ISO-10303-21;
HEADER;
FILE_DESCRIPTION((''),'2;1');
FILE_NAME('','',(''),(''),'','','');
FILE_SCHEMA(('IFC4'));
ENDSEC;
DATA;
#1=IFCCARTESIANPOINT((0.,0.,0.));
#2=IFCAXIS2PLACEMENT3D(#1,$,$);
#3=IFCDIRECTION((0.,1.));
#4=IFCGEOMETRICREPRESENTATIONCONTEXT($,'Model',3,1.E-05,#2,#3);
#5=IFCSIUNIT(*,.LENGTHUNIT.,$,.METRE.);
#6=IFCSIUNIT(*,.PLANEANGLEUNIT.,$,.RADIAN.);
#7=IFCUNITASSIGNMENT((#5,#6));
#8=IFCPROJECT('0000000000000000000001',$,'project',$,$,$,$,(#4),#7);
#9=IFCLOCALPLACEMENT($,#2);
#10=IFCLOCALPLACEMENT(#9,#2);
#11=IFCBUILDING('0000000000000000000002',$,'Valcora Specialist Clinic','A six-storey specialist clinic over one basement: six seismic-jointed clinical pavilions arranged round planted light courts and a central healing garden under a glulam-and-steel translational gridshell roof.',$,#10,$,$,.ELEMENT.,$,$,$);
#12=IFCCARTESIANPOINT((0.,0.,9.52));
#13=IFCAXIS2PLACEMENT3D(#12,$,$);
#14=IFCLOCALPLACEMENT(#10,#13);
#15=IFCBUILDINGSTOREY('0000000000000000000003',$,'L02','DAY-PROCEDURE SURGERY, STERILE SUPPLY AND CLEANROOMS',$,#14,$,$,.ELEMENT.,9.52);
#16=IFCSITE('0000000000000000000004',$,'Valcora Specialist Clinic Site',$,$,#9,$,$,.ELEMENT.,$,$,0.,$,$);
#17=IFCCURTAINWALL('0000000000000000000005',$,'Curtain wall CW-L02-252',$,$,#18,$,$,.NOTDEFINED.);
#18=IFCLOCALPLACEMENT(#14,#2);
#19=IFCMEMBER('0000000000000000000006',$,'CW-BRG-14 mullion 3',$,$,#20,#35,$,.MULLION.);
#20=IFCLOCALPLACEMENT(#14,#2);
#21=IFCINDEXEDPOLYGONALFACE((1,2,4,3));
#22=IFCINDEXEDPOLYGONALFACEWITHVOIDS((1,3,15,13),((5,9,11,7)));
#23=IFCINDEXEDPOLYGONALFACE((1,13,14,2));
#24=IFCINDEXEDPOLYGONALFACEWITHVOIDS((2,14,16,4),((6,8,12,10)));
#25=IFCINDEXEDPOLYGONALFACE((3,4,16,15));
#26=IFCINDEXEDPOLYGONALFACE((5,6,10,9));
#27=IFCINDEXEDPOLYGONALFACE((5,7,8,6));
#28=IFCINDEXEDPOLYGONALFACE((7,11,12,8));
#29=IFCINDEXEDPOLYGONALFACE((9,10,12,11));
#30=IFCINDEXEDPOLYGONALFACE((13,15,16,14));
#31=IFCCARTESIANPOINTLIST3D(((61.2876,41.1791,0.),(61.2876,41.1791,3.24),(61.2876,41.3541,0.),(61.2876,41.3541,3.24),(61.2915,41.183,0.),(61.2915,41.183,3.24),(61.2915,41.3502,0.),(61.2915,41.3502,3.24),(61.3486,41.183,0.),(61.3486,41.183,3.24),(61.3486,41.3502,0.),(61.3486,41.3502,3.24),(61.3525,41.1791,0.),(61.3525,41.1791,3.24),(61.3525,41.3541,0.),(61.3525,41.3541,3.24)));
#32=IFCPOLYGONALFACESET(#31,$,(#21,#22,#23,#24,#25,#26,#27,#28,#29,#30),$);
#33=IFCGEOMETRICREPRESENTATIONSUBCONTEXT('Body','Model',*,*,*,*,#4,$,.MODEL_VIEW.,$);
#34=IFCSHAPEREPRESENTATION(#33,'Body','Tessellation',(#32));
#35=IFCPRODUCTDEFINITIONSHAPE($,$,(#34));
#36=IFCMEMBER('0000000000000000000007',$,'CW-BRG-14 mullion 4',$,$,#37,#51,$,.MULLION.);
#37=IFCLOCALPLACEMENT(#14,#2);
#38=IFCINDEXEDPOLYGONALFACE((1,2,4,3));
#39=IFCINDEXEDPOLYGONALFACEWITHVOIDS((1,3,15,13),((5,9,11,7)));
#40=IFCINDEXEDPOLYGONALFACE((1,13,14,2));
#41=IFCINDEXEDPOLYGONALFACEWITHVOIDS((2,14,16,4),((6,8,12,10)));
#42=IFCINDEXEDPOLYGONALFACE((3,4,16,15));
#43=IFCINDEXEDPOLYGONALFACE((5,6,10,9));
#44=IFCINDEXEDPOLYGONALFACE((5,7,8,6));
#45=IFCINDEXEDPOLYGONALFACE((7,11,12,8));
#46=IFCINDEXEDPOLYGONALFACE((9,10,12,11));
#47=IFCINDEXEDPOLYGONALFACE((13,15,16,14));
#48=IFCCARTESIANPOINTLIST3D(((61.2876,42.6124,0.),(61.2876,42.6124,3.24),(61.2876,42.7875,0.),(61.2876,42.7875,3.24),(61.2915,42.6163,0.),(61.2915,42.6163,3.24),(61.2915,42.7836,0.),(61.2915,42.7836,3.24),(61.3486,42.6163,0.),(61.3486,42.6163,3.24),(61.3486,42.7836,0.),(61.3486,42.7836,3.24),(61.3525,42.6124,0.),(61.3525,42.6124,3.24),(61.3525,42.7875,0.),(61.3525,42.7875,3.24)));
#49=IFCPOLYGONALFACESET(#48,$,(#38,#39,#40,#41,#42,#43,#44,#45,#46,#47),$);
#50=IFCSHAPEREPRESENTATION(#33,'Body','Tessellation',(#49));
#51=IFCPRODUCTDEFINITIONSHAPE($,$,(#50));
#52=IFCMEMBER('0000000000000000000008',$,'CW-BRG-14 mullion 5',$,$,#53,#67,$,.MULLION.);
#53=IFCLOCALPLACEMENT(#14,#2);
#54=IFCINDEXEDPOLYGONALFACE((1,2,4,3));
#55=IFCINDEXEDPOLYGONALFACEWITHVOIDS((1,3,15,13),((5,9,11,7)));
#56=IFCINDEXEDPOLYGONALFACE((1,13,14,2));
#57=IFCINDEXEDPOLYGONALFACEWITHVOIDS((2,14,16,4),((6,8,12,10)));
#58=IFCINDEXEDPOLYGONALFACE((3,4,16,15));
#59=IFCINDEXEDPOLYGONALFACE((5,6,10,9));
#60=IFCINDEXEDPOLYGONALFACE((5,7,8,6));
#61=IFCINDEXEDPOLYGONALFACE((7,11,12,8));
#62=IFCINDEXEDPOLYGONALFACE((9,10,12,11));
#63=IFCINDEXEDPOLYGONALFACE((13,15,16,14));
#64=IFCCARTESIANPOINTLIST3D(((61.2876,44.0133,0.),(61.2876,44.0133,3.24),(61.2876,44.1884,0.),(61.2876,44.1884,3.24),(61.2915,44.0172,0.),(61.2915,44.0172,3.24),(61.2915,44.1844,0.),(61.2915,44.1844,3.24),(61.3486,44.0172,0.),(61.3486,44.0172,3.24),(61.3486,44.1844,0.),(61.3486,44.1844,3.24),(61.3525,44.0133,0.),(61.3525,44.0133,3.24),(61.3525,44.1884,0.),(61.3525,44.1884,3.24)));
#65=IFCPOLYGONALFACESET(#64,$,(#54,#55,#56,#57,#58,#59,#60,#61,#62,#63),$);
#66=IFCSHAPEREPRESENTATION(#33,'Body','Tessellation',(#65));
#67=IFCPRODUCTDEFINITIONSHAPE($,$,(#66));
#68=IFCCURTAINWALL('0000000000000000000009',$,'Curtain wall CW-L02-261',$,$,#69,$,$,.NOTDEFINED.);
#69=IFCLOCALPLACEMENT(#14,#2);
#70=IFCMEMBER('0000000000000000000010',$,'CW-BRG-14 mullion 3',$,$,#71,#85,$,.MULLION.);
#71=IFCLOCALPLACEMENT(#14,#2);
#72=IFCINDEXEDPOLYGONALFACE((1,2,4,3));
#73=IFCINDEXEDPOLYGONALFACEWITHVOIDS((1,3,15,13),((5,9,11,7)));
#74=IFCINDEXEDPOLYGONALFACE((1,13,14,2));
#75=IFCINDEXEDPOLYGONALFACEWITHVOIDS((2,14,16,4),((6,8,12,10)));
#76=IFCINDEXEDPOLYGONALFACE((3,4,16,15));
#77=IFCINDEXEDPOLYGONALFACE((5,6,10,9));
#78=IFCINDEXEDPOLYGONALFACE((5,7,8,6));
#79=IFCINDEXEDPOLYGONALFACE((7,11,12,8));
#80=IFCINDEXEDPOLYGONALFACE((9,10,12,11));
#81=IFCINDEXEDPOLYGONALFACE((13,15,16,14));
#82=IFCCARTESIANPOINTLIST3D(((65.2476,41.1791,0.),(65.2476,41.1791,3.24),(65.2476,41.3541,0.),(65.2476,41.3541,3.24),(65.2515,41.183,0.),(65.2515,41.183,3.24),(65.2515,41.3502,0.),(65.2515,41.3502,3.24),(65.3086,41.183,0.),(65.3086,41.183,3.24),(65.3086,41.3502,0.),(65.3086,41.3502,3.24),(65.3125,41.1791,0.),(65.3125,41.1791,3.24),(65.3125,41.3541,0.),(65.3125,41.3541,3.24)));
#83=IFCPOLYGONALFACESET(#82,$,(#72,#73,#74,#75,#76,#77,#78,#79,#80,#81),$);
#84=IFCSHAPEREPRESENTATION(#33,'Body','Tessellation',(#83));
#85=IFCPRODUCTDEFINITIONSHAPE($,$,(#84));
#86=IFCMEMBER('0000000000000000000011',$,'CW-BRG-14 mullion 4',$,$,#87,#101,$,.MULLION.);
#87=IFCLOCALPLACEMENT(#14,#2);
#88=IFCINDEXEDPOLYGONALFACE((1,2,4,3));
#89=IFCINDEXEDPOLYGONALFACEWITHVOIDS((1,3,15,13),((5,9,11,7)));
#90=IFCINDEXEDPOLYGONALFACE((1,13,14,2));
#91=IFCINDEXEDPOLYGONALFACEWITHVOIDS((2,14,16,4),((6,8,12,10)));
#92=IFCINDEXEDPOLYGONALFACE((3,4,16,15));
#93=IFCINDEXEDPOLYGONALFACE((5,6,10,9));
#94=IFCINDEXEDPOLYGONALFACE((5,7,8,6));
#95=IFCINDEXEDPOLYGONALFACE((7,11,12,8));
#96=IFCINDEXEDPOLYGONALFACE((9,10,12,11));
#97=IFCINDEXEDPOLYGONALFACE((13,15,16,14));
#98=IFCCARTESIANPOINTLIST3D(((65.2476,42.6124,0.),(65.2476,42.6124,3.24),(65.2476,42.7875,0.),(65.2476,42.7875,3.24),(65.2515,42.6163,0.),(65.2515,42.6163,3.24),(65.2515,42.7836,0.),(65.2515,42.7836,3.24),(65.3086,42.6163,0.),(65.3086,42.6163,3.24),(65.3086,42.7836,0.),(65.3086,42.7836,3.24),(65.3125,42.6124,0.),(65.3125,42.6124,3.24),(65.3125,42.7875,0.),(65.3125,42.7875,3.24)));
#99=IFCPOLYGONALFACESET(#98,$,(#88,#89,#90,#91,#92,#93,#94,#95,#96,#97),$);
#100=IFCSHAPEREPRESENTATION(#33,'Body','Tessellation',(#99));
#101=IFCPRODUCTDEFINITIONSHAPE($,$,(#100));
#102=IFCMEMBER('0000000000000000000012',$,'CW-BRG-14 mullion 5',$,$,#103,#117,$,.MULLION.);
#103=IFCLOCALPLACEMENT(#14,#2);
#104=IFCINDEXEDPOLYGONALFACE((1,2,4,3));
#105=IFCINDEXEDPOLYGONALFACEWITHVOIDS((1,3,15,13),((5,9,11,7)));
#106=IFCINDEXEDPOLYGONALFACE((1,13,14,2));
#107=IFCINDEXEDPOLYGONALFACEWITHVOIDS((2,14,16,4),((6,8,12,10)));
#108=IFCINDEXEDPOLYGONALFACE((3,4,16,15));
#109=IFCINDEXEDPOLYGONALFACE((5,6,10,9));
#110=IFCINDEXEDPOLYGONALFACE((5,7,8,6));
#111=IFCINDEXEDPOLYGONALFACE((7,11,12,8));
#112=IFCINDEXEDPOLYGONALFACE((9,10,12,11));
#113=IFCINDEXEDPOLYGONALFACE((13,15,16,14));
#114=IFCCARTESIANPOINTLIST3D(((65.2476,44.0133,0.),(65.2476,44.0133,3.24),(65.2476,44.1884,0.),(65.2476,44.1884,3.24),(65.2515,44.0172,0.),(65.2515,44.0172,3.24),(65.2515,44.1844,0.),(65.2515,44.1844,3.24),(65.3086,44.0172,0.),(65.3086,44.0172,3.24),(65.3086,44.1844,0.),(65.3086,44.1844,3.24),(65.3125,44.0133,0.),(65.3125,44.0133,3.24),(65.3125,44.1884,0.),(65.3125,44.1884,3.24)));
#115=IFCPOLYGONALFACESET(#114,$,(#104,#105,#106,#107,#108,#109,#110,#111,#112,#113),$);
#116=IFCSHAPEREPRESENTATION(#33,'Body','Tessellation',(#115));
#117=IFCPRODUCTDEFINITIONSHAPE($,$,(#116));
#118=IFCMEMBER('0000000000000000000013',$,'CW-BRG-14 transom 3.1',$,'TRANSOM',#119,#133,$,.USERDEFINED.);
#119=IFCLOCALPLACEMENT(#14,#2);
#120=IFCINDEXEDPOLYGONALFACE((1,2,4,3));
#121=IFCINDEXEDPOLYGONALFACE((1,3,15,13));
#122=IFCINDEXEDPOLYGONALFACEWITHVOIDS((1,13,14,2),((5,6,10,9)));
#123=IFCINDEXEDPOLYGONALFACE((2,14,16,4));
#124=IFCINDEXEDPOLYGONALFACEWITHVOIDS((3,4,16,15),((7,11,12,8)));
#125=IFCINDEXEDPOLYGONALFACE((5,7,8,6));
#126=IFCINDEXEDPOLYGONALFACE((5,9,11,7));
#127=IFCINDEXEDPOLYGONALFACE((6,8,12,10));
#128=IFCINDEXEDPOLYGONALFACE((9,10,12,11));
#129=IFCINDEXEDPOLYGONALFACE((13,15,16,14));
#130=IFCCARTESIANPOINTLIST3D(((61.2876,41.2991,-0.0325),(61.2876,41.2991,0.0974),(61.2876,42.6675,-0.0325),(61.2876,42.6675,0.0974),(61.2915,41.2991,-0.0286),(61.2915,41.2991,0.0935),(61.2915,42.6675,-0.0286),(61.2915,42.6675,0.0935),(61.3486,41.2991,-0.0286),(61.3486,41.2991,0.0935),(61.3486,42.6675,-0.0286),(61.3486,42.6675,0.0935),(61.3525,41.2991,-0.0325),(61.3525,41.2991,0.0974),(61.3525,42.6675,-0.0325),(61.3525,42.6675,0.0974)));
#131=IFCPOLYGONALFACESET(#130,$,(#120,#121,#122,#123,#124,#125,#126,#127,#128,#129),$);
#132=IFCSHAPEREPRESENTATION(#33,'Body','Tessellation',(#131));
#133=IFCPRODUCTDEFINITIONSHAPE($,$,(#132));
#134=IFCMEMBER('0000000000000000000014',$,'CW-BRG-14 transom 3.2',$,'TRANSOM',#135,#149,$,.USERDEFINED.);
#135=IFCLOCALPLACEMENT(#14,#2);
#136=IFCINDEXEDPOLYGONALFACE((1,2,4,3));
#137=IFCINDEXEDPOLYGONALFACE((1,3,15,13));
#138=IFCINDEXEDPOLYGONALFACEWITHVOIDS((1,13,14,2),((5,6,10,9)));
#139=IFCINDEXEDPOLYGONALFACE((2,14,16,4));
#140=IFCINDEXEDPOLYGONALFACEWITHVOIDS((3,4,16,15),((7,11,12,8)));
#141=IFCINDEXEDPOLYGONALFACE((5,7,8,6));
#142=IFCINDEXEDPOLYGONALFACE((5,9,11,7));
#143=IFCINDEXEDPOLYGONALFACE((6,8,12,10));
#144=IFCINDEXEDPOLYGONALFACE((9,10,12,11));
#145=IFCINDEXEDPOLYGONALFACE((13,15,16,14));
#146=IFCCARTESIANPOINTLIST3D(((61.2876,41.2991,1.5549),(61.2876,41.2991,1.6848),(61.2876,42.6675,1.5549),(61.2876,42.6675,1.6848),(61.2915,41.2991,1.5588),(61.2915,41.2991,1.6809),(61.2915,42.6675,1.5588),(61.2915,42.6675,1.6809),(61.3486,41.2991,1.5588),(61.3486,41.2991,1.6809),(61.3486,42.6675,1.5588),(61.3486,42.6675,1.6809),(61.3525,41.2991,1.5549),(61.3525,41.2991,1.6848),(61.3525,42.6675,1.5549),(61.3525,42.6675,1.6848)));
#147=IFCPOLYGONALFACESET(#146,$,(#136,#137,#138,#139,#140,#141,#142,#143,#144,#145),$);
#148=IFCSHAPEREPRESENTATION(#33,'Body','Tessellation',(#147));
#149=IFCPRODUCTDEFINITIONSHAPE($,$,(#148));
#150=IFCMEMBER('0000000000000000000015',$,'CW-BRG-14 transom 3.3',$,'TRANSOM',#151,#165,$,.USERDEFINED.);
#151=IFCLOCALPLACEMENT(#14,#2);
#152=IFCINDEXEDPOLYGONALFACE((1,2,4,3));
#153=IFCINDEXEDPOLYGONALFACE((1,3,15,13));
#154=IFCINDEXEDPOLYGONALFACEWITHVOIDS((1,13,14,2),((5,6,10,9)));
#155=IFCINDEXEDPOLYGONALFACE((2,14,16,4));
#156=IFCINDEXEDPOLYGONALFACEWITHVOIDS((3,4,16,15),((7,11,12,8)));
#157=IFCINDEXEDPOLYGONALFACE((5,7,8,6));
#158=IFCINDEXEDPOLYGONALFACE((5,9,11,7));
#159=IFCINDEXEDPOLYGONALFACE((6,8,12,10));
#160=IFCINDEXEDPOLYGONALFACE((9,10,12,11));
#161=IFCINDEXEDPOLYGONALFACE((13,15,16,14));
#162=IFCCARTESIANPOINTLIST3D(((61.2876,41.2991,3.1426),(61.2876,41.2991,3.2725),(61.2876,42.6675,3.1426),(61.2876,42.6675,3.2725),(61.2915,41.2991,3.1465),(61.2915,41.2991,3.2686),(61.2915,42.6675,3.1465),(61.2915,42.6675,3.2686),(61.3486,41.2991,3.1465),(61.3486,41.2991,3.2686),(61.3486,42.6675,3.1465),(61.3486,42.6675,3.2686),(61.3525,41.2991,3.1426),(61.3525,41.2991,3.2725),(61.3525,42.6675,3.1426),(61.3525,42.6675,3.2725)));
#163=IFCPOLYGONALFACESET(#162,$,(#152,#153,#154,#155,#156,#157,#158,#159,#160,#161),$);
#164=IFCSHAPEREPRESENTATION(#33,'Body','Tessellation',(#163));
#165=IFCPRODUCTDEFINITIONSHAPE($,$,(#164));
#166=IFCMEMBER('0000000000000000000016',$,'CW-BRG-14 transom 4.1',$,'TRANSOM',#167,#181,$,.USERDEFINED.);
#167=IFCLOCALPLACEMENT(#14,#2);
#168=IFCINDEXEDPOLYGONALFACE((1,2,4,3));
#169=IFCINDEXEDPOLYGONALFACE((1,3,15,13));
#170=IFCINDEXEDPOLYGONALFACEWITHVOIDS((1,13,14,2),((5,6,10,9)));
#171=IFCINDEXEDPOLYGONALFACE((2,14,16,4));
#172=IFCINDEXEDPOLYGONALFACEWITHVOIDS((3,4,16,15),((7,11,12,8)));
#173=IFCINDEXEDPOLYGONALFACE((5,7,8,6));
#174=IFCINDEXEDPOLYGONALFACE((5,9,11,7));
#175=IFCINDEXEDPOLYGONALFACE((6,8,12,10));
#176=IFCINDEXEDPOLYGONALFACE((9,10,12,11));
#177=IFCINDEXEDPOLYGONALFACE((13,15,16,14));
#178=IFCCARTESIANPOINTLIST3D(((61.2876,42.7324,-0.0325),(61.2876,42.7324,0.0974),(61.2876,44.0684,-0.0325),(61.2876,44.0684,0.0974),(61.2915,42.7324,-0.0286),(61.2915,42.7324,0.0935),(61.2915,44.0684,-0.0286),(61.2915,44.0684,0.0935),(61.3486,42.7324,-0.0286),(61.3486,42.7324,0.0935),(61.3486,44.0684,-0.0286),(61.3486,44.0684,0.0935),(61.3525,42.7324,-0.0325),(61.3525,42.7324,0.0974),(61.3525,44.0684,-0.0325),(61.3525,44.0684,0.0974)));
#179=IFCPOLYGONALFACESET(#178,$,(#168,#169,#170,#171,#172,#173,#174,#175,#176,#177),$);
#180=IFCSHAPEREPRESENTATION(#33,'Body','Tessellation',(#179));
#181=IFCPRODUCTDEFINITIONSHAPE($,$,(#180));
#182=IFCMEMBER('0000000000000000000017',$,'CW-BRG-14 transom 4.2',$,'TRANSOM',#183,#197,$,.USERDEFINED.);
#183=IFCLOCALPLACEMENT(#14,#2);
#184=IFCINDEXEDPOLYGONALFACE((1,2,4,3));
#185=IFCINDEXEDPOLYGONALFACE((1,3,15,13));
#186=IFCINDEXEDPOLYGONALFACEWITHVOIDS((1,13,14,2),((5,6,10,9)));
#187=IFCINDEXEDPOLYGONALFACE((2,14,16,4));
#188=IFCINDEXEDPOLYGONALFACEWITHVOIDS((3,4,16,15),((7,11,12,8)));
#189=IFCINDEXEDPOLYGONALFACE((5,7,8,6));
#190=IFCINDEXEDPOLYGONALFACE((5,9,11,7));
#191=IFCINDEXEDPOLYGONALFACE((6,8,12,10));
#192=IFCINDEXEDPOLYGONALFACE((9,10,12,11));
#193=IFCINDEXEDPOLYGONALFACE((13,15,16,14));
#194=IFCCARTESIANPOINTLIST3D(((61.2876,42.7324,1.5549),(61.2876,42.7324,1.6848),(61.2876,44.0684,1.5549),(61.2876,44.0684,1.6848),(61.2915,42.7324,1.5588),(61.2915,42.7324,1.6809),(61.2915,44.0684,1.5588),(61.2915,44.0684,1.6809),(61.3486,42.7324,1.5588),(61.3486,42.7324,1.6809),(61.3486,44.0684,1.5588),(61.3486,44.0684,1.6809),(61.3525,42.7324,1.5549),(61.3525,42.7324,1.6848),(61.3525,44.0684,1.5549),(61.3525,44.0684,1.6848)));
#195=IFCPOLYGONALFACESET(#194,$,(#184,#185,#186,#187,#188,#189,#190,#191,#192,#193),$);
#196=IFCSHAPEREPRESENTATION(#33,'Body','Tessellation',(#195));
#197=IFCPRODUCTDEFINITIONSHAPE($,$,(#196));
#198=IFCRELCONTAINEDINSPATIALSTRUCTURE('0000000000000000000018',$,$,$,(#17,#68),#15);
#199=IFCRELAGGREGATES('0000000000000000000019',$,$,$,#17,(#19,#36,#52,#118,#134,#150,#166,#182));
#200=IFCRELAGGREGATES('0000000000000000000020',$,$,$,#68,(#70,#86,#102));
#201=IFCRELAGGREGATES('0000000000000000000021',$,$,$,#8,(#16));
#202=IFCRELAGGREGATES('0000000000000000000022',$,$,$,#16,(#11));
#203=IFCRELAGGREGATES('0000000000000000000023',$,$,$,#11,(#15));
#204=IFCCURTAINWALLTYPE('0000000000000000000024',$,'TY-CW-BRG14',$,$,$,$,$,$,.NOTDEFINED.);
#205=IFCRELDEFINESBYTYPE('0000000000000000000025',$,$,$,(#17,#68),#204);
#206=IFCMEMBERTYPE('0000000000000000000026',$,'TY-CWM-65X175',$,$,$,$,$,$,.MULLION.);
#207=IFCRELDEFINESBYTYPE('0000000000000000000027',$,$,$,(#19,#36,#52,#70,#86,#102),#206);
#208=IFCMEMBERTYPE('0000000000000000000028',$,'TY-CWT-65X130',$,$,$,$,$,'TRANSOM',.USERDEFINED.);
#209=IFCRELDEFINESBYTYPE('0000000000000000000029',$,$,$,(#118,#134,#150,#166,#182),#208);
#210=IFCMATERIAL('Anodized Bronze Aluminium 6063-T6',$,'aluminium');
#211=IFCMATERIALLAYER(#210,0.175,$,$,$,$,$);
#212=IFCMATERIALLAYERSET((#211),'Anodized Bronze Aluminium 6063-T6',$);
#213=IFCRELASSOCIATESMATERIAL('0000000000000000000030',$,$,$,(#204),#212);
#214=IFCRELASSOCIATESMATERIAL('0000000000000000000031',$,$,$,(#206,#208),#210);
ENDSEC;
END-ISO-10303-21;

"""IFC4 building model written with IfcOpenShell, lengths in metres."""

from ifc_helpers import new_model, si_unit, direction, frame, origin, origin_2d, place, context, subcontext, project, spatial, hollow_rectangle, extrude, material, layer, layer_set, material_profile, profile_set, type_object, element, aggregate, save


model = new_model("IFC4")

# Units and contexts
model_context = context("Model", 3, precision=1e-05, world=origin(), true_north=direction((0.0, 1.0)))
body_context = subcontext(model_context, "Body", "Model", "MODEL_VIEW")
ifc_project = project(units=[si_unit("LENGTHUNIT", "METRE"), si_unit("PLANEANGLEUNIT", "RADIAN")], contexts=[model_context])

# Site, building, storey
site_placement = place(None, origin())
site = spatial("IfcSite", under=ifc_project, at=site_placement, Name="Valcora Specialist Clinic Site", CompositionType="ELEMENT", RefElevation=0.0)
building_placement = place(site_placement, origin())
building = spatial("IfcBuilding", under=site, at=building_placement, Name="Valcora Specialist Clinic", Description="A six-storey specialist clinic over one basement: six seismic-jointed clinical pavilions arranged round planted light courts and a central healing garden under a glulam-and-steel translational gridshell roof.", CompositionType="ELEMENT")
storey_placement = place(building_placement, frame((0.0, 0.0, 9.52)))
storey = spatial("IfcBuildingStorey", under=building, at=storey_placement, Name="L02", Description="DAY-PROCEDURE SURGERY, STERILE SUPPLY AND CLEANROOMS", CompositionType="ELEMENT", Elevation=9.52)

# Curtain walls, members
ifc_material_1 = material(Name="Anodized Bronze Aluminium 6063-T6", Category="aluminium")
ifc_layer_1 = layer(ifc_material_1, 0.175)
ifc_layer_set_1 = layer_set([ifc_layer_1], Name="Anodized Bronze Aluminium 6063-T6")
curtain_wall_type = type_object("IfcCurtainWallType", Name="TY-CW-BRG14", PredefinedType="NOTDEFINED", material=ifc_layer_set_1)
curtain_wall_1_placement = place(storey_placement, origin())
curtain_wall_1 = element("IfcCurtainWall", 1, at=curtain_wall_1_placement, inside=storey, type_object=curtain_wall_type, Name="Curtain wall CW-L02-252", PredefinedType="NOTDEFINED")
ifc_material_profile_1 = material_profile(ifc_material_1, hollow_rectangle(XDim=0.0649, YDim=0.175, WallThickness=0.0039, at=origin_2d()), Name="AL-MUL-65X175")
ifc_profile_set_1 = profile_set([ifc_material_profile_1], Name="Anodized Bronze Aluminium 6063-T6")
member_type_1 = type_object("IfcMemberType", Name="TY-CWM-65X175", PredefinedType="MULLION", material=ifc_profile_set_1)
member_1_placement = place(storey_placement, frame((61.3201, 41.2666, 0.0), z_axis=(0.0, 0.0, 1.0), x_axis=(-1.0, 0.0, 0.0)))
member_1 = element("IfcMember", 2, at=member_1_placement, type_object=member_type_1, Name="CW-BRG-14 mullion 3", PredefinedType="MULLION", context=body_context, shape_type="SweptSolid", body=[
    extrude(hollow_rectangle(XDim=0.0649, YDim=0.175, WallThickness=0.0039, at=origin_2d()), origin(), (0.0, 0.0, 1.0), 3.24),
])
member_2_placement = place(storey_placement, frame((61.3201, 42.7, 0.0), z_axis=(0.0, 0.0, 1.0), x_axis=(-1.0, 0.0, 0.0)))
member_2 = element("IfcMember", 3, at=member_2_placement, type_object=member_type_1, Name="CW-BRG-14 mullion 4", PredefinedType="MULLION", context=body_context, shape_type="SweptSolid", body=[
    extrude(hollow_rectangle(XDim=0.0649, YDim=0.175, WallThickness=0.0039, at=origin_2d()), origin(), (0.0, 0.0, 1.0), 3.24),
])
member_3_placement = place(storey_placement, frame((61.3201, 44.1008, 0.0), z_axis=(0.0, 0.0, 1.0), x_axis=(-1.0, 0.0, 0.0)))
member_3 = element("IfcMember", 4, at=member_3_placement, type_object=member_type_1, Name="CW-BRG-14 mullion 5", PredefinedType="MULLION", context=body_context, shape_type="SweptSolid", body=[
    extrude(hollow_rectangle(XDim=0.0649, YDim=0.175, WallThickness=0.0039, at=origin_2d()), origin(), (0.0, 0.0, 1.0), 3.24),
])
curtain_wall_2_placement = place(storey_placement, origin())
curtain_wall_2 = element("IfcCurtainWall", 5, at=curtain_wall_2_placement, inside=storey, type_object=curtain_wall_type, Name="Curtain wall CW-L02-261", PredefinedType="NOTDEFINED")
member_4_placement = place(storey_placement, frame((65.28, 41.2666, 0.0), z_axis=(0.0, 0.0, 1.0), x_axis=(-1.0, 0.0, 0.0)))
member_4 = element("IfcMember", 6, at=member_4_placement, type_object=member_type_1, Name="CW-BRG-14 mullion 3", PredefinedType="MULLION", context=body_context, shape_type="SweptSolid", body=[
    extrude(hollow_rectangle(XDim=0.0649, YDim=0.175, WallThickness=0.0039, at=origin_2d()), origin(), (0.0, 0.0, 1.0), 3.24),
])
member_5_placement = place(storey_placement, frame((65.28, 42.7, 0.0), z_axis=(0.0, 0.0, 1.0), x_axis=(-1.0, 0.0, 0.0)))
member_5 = element("IfcMember", 7, at=member_5_placement, type_object=member_type_1, Name="CW-BRG-14 mullion 4", PredefinedType="MULLION", context=body_context, shape_type="SweptSolid", body=[
    extrude(hollow_rectangle(XDim=0.0649, YDim=0.175, WallThickness=0.0039, at=origin_2d()), origin(), (0.0, 0.0, 1.0), 3.24),
])
member_6_placement = place(storey_placement, frame((65.28, 44.1008, 0.0), z_axis=(0.0, 0.0, 1.0), x_axis=(-1.0, 0.0, 0.0)))
member_6 = element("IfcMember", 8, at=member_6_placement, type_object=member_type_1, Name="CW-BRG-14 mullion 5", PredefinedType="MULLION", context=body_context, shape_type="SweptSolid", body=[
    extrude(hollow_rectangle(XDim=0.0649, YDim=0.175, WallThickness=0.0039, at=origin_2d()), origin(), (0.0, 0.0, 1.0), 3.24),
])

# Members
ifc_material_profile_2 = material_profile(ifc_material_1, hollow_rectangle(XDim=0.0649, YDim=0.1299, WallThickness=0.0039, at=origin_2d()), Name="AL-TRN-65X130")
ifc_profile_set_2 = profile_set([ifc_material_profile_2], Name="Anodized Bronze Aluminium 6063-T6")
member_type_2 = type_object("IfcMemberType", Name="TY-CWT-65X130", ElementType="TRANSOM", PredefinedType="USERDEFINED", material=ifc_profile_set_2)
member_7_placement = place(storey_placement, frame((61.3201, 41.2991, 0.0325), z_axis=(0.0, 1.0, 0.0), x_axis=(-1.0, 0.0, 0.0)))
member_7 = element("IfcMember", 9, at=member_7_placement, type_object=member_type_2, Name="CW-BRG-14 transom 3.1", ObjectType="TRANSOM", PredefinedType="USERDEFINED", context=body_context, shape_type="SweptSolid", body=[
    extrude(hollow_rectangle(XDim=0.0649, YDim=0.1299, WallThickness=0.0039, at=origin_2d()), origin(), (0.0, 0.0, 1.0), 1.3684),
])
member_8_placement = place(storey_placement, frame((61.3201, 41.2991, 1.6199), z_axis=(0.0, 1.0, 0.0), x_axis=(-1.0, 0.0, 0.0)))
member_8 = element("IfcMember", 10, at=member_8_placement, type_object=member_type_2, Name="CW-BRG-14 transom 3.2", ObjectType="TRANSOM", PredefinedType="USERDEFINED", context=body_context, shape_type="SweptSolid", body=[
    extrude(hollow_rectangle(XDim=0.0649, YDim=0.1299, WallThickness=0.0039, at=origin_2d()), origin(), (0.0, 0.0, 1.0), 1.3684),
])
member_9_placement = place(storey_placement, frame((61.3201, 41.2991, 3.2075), z_axis=(0.0, 1.0, 0.0), x_axis=(-1.0, 0.0, 0.0)))
member_9 = element("IfcMember", 11, at=member_9_placement, type_object=member_type_2, Name="CW-BRG-14 transom 3.3", ObjectType="TRANSOM", PredefinedType="USERDEFINED", context=body_context, shape_type="SweptSolid", body=[
    extrude(hollow_rectangle(XDim=0.0649, YDim=0.1299, WallThickness=0.0039, at=origin_2d()), origin(), (0.0, 0.0, 1.0), 1.3684),
])
member_10_placement = place(storey_placement, frame((61.3201, 42.7324, 0.0325), z_axis=(0.0, 1.0, 0.0), x_axis=(-1.0, 0.0, 0.0)))
member_10 = element("IfcMember", 12, at=member_10_placement, type_object=member_type_2, Name="CW-BRG-14 transom 4.1", ObjectType="TRANSOM", PredefinedType="USERDEFINED", context=body_context, shape_type="SweptSolid", body=[
    extrude(hollow_rectangle(XDim=0.0649, YDim=0.1299, WallThickness=0.0039, at=origin_2d()), origin(), (0.0, 0.0, 1.0), 1.3359),
])
member_11_placement = place(storey_placement, frame((61.3201, 42.7324, 1.6199), z_axis=(0.0, 1.0, 0.0), x_axis=(-1.0, 0.0, 0.0)))
member_11 = element("IfcMember", 13, at=member_11_placement, type_object=member_type_2, Name="CW-BRG-14 transom 4.2", ObjectType="TRANSOM", PredefinedType="USERDEFINED", context=body_context, shape_type="SweptSolid", body=[
    extrude(hollow_rectangle(XDim=0.0649, YDim=0.1299, WallThickness=0.0039, at=origin_2d()), origin(), (0.0, 0.0, 1.0), 1.3359),
])

aggregate(curtain_wall_1, [member_1, member_2, member_3, member_7, member_8, member_9, member_10, member_11])
aggregate(curtain_wall_2, [member_4, member_5, member_6])

save(model, "model.ifc")
